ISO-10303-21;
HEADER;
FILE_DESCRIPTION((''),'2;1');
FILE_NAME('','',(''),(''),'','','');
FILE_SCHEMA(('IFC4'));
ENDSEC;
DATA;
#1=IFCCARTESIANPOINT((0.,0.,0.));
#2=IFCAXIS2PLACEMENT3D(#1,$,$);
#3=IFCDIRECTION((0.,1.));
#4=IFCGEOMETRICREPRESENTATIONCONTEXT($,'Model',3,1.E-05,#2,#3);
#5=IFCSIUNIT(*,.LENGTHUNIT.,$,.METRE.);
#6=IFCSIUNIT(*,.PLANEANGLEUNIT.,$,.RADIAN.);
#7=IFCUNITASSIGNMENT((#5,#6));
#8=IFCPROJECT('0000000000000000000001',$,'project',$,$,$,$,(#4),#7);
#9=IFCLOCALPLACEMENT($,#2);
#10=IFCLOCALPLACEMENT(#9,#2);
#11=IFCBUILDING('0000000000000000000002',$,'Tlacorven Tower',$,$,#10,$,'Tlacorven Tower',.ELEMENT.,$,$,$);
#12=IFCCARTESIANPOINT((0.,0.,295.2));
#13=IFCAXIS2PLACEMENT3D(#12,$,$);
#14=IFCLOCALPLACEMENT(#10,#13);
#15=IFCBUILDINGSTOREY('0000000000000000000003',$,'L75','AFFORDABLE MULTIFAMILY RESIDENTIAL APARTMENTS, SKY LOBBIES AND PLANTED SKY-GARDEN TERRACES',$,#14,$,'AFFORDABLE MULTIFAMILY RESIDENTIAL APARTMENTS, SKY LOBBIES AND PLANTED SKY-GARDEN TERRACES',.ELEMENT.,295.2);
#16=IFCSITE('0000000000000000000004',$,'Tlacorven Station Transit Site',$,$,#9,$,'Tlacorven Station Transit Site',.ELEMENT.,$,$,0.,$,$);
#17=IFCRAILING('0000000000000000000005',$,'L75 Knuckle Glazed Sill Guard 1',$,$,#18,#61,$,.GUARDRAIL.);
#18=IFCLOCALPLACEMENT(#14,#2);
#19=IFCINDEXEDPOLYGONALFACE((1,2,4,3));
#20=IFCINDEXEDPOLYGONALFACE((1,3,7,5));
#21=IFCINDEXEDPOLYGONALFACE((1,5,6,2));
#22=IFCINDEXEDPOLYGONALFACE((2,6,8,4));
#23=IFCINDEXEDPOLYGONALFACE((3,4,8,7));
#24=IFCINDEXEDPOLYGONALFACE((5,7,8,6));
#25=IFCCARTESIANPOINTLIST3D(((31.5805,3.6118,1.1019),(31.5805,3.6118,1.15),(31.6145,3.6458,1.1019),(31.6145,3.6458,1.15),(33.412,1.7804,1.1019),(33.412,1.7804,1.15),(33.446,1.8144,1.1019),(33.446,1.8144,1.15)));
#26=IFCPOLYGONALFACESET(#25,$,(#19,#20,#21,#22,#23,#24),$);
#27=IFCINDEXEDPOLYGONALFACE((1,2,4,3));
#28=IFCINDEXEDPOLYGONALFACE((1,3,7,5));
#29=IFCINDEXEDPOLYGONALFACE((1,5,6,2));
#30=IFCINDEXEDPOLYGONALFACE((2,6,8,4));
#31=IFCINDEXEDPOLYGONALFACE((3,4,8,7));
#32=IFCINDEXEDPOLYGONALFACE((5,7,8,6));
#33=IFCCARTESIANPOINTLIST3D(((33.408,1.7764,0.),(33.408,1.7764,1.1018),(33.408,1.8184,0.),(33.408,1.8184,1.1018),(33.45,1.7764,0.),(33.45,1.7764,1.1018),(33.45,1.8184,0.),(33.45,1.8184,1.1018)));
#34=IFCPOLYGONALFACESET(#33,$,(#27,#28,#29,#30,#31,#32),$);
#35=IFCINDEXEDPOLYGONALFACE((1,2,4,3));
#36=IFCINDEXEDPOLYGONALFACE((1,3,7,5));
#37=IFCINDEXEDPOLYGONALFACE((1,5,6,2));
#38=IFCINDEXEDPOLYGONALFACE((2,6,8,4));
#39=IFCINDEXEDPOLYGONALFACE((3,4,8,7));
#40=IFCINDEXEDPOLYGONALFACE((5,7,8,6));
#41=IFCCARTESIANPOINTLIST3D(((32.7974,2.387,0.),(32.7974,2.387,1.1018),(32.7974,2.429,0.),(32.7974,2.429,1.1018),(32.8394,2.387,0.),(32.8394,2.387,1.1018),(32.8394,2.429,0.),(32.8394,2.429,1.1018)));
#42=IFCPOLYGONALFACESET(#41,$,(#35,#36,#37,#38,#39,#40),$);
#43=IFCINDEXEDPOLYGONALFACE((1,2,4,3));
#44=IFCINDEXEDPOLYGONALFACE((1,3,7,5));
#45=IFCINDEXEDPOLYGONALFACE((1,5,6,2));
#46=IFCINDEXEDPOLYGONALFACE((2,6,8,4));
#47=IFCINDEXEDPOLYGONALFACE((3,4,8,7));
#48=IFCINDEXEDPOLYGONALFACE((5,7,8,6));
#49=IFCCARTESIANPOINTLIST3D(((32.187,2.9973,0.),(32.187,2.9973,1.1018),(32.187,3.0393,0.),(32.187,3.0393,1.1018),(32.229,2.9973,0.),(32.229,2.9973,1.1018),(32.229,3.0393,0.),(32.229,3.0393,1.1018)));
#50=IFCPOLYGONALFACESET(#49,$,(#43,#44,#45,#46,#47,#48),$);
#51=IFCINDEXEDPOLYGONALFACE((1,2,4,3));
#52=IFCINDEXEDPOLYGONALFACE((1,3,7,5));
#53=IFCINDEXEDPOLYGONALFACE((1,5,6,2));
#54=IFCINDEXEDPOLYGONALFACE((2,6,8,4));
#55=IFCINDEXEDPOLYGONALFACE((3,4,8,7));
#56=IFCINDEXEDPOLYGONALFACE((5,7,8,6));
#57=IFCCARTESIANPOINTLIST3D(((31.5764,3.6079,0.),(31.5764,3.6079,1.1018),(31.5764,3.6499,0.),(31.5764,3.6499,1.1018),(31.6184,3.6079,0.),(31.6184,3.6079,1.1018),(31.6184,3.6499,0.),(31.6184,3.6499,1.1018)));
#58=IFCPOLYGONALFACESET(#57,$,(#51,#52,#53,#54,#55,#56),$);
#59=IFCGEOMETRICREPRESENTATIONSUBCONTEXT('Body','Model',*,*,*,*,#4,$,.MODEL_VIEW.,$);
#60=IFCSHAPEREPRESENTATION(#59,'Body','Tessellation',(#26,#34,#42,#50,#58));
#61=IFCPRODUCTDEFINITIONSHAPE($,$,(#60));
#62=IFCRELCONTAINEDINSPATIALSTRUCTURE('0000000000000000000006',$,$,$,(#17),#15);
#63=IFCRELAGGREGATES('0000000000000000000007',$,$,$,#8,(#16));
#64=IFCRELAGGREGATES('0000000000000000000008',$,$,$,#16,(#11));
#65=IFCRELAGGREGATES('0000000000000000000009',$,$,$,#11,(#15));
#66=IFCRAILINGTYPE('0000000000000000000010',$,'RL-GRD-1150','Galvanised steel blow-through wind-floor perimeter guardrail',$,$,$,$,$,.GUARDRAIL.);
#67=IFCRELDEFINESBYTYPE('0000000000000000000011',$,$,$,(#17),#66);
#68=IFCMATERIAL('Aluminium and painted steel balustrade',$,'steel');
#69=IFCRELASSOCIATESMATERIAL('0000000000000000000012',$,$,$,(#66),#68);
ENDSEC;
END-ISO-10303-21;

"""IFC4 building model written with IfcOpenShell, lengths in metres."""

from ifc_helpers import new_model, si_unit, direction, frame, origin, origin_2d, place, context, subcontext, project, spatial, rectangle, extrude, source, transform, mapped, material, type_object, element, save


model = new_model("IFC4")

# Units and contexts
model_context = context("Model", 3, precision=1e-05, world=origin(), true_north=direction((0.0, 1.0)))
body_context = subcontext(model_context, "Body", "Model", "MODEL_VIEW")
ifc_project = project(units=[si_unit("LENGTHUNIT", "METRE"), si_unit("PLANEANGLEUNIT", "RADIAN")], contexts=[model_context])

# Site, building, storey
site_placement = place(None, origin())
site = spatial("IfcSite", under=ifc_project, at=site_placement, Name="Tlacorven Station Transit Site", LongName="Tlacorven Station Transit Site", CompositionType="ELEMENT", RefElevation=0.0)
building_placement = place(site_placement, origin())
building = spatial("IfcBuilding", under=site, at=building_placement, Name="Tlacorven Tower", LongName="Tlacorven Tower", CompositionType="ELEMENT")
storey_placement = place(building_placement, frame((0.0, 0.0, 295.2)))
storey = spatial("IfcBuildingStorey", under=building, at=storey_placement, Name="L75", Description="AFFORDABLE MULTIFAMILY RESIDENTIAL APARTMENTS, SKY LOBBIES AND PLANTED SKY-GARDEN TERRACES", LongName="AFFORDABLE MULTIFAMILY RESIDENTIAL APARTMENTS, SKY LOBBIES AND PLANTED SKY-GARDEN TERRACES", CompositionType="ELEMENT", Elevation=295.2)

# Railing
ifc_material_1 = material(Name="Aluminium and painted steel balustrade", Category="steel")
railing_type = type_object("IfcRailingType", Name="RL-GRD-1150", Description="Galvanised steel blow-through wind-floor perimeter guardrail", PredefinedType="GUARDRAIL", material=ifc_material_1)
shared_shape_1 = source(origin(), body_context, "Body", "SweptSolid", [
    extrude(rectangle(XDim=0.0481, YDim=0.0481, at=origin_2d()), frame((0.0, 0.0, 1.126), z_axis=(-0.707107, 0.707107, 0.0), x_axis=(-0.707107, -0.707107, 0.0)), (0.0, 0.0, 1.0), 2.5901),
    extrude(rectangle(XDim=0.042, YDim=0.042, at=origin_2d()), origin(), (0.0, 0.0, 1.0), 1.1018),
    extrude(rectangle(XDim=0.042, YDim=0.042, at=origin_2d()), frame((-0.6106, 0.6106, 0.0)), (0.0, 0.0, 1.0), 1.1018),
    extrude(rectangle(XDim=0.042, YDim=0.042, at=origin_2d()), frame((-1.2209, 1.2209, 0.0)), (0.0, 0.0, 1.0), 1.1018),
    extrude(rectangle(XDim=0.042, YDim=0.042, at=origin_2d()), frame((-1.8315, 1.8315, 0.0)), (0.0, 0.0, 1.0), 1.1018),
])
railing_placement = place(storey_placement, frame((33.429, 1.7974, 0.0)))
element("IfcRailing", 1, at=railing_placement, inside=storey, type_object=railing_type, Name="L75 Knuckle Glazed Sill Guard 1", PredefinedType="GUARDRAIL", context=body_context, shape_type="MappedRepresentation", body=[
    mapped(shared_shape_1, transform((0.0, 0.0, 0.0), scale=1.0)),
])

save(model, "model.ifc")
